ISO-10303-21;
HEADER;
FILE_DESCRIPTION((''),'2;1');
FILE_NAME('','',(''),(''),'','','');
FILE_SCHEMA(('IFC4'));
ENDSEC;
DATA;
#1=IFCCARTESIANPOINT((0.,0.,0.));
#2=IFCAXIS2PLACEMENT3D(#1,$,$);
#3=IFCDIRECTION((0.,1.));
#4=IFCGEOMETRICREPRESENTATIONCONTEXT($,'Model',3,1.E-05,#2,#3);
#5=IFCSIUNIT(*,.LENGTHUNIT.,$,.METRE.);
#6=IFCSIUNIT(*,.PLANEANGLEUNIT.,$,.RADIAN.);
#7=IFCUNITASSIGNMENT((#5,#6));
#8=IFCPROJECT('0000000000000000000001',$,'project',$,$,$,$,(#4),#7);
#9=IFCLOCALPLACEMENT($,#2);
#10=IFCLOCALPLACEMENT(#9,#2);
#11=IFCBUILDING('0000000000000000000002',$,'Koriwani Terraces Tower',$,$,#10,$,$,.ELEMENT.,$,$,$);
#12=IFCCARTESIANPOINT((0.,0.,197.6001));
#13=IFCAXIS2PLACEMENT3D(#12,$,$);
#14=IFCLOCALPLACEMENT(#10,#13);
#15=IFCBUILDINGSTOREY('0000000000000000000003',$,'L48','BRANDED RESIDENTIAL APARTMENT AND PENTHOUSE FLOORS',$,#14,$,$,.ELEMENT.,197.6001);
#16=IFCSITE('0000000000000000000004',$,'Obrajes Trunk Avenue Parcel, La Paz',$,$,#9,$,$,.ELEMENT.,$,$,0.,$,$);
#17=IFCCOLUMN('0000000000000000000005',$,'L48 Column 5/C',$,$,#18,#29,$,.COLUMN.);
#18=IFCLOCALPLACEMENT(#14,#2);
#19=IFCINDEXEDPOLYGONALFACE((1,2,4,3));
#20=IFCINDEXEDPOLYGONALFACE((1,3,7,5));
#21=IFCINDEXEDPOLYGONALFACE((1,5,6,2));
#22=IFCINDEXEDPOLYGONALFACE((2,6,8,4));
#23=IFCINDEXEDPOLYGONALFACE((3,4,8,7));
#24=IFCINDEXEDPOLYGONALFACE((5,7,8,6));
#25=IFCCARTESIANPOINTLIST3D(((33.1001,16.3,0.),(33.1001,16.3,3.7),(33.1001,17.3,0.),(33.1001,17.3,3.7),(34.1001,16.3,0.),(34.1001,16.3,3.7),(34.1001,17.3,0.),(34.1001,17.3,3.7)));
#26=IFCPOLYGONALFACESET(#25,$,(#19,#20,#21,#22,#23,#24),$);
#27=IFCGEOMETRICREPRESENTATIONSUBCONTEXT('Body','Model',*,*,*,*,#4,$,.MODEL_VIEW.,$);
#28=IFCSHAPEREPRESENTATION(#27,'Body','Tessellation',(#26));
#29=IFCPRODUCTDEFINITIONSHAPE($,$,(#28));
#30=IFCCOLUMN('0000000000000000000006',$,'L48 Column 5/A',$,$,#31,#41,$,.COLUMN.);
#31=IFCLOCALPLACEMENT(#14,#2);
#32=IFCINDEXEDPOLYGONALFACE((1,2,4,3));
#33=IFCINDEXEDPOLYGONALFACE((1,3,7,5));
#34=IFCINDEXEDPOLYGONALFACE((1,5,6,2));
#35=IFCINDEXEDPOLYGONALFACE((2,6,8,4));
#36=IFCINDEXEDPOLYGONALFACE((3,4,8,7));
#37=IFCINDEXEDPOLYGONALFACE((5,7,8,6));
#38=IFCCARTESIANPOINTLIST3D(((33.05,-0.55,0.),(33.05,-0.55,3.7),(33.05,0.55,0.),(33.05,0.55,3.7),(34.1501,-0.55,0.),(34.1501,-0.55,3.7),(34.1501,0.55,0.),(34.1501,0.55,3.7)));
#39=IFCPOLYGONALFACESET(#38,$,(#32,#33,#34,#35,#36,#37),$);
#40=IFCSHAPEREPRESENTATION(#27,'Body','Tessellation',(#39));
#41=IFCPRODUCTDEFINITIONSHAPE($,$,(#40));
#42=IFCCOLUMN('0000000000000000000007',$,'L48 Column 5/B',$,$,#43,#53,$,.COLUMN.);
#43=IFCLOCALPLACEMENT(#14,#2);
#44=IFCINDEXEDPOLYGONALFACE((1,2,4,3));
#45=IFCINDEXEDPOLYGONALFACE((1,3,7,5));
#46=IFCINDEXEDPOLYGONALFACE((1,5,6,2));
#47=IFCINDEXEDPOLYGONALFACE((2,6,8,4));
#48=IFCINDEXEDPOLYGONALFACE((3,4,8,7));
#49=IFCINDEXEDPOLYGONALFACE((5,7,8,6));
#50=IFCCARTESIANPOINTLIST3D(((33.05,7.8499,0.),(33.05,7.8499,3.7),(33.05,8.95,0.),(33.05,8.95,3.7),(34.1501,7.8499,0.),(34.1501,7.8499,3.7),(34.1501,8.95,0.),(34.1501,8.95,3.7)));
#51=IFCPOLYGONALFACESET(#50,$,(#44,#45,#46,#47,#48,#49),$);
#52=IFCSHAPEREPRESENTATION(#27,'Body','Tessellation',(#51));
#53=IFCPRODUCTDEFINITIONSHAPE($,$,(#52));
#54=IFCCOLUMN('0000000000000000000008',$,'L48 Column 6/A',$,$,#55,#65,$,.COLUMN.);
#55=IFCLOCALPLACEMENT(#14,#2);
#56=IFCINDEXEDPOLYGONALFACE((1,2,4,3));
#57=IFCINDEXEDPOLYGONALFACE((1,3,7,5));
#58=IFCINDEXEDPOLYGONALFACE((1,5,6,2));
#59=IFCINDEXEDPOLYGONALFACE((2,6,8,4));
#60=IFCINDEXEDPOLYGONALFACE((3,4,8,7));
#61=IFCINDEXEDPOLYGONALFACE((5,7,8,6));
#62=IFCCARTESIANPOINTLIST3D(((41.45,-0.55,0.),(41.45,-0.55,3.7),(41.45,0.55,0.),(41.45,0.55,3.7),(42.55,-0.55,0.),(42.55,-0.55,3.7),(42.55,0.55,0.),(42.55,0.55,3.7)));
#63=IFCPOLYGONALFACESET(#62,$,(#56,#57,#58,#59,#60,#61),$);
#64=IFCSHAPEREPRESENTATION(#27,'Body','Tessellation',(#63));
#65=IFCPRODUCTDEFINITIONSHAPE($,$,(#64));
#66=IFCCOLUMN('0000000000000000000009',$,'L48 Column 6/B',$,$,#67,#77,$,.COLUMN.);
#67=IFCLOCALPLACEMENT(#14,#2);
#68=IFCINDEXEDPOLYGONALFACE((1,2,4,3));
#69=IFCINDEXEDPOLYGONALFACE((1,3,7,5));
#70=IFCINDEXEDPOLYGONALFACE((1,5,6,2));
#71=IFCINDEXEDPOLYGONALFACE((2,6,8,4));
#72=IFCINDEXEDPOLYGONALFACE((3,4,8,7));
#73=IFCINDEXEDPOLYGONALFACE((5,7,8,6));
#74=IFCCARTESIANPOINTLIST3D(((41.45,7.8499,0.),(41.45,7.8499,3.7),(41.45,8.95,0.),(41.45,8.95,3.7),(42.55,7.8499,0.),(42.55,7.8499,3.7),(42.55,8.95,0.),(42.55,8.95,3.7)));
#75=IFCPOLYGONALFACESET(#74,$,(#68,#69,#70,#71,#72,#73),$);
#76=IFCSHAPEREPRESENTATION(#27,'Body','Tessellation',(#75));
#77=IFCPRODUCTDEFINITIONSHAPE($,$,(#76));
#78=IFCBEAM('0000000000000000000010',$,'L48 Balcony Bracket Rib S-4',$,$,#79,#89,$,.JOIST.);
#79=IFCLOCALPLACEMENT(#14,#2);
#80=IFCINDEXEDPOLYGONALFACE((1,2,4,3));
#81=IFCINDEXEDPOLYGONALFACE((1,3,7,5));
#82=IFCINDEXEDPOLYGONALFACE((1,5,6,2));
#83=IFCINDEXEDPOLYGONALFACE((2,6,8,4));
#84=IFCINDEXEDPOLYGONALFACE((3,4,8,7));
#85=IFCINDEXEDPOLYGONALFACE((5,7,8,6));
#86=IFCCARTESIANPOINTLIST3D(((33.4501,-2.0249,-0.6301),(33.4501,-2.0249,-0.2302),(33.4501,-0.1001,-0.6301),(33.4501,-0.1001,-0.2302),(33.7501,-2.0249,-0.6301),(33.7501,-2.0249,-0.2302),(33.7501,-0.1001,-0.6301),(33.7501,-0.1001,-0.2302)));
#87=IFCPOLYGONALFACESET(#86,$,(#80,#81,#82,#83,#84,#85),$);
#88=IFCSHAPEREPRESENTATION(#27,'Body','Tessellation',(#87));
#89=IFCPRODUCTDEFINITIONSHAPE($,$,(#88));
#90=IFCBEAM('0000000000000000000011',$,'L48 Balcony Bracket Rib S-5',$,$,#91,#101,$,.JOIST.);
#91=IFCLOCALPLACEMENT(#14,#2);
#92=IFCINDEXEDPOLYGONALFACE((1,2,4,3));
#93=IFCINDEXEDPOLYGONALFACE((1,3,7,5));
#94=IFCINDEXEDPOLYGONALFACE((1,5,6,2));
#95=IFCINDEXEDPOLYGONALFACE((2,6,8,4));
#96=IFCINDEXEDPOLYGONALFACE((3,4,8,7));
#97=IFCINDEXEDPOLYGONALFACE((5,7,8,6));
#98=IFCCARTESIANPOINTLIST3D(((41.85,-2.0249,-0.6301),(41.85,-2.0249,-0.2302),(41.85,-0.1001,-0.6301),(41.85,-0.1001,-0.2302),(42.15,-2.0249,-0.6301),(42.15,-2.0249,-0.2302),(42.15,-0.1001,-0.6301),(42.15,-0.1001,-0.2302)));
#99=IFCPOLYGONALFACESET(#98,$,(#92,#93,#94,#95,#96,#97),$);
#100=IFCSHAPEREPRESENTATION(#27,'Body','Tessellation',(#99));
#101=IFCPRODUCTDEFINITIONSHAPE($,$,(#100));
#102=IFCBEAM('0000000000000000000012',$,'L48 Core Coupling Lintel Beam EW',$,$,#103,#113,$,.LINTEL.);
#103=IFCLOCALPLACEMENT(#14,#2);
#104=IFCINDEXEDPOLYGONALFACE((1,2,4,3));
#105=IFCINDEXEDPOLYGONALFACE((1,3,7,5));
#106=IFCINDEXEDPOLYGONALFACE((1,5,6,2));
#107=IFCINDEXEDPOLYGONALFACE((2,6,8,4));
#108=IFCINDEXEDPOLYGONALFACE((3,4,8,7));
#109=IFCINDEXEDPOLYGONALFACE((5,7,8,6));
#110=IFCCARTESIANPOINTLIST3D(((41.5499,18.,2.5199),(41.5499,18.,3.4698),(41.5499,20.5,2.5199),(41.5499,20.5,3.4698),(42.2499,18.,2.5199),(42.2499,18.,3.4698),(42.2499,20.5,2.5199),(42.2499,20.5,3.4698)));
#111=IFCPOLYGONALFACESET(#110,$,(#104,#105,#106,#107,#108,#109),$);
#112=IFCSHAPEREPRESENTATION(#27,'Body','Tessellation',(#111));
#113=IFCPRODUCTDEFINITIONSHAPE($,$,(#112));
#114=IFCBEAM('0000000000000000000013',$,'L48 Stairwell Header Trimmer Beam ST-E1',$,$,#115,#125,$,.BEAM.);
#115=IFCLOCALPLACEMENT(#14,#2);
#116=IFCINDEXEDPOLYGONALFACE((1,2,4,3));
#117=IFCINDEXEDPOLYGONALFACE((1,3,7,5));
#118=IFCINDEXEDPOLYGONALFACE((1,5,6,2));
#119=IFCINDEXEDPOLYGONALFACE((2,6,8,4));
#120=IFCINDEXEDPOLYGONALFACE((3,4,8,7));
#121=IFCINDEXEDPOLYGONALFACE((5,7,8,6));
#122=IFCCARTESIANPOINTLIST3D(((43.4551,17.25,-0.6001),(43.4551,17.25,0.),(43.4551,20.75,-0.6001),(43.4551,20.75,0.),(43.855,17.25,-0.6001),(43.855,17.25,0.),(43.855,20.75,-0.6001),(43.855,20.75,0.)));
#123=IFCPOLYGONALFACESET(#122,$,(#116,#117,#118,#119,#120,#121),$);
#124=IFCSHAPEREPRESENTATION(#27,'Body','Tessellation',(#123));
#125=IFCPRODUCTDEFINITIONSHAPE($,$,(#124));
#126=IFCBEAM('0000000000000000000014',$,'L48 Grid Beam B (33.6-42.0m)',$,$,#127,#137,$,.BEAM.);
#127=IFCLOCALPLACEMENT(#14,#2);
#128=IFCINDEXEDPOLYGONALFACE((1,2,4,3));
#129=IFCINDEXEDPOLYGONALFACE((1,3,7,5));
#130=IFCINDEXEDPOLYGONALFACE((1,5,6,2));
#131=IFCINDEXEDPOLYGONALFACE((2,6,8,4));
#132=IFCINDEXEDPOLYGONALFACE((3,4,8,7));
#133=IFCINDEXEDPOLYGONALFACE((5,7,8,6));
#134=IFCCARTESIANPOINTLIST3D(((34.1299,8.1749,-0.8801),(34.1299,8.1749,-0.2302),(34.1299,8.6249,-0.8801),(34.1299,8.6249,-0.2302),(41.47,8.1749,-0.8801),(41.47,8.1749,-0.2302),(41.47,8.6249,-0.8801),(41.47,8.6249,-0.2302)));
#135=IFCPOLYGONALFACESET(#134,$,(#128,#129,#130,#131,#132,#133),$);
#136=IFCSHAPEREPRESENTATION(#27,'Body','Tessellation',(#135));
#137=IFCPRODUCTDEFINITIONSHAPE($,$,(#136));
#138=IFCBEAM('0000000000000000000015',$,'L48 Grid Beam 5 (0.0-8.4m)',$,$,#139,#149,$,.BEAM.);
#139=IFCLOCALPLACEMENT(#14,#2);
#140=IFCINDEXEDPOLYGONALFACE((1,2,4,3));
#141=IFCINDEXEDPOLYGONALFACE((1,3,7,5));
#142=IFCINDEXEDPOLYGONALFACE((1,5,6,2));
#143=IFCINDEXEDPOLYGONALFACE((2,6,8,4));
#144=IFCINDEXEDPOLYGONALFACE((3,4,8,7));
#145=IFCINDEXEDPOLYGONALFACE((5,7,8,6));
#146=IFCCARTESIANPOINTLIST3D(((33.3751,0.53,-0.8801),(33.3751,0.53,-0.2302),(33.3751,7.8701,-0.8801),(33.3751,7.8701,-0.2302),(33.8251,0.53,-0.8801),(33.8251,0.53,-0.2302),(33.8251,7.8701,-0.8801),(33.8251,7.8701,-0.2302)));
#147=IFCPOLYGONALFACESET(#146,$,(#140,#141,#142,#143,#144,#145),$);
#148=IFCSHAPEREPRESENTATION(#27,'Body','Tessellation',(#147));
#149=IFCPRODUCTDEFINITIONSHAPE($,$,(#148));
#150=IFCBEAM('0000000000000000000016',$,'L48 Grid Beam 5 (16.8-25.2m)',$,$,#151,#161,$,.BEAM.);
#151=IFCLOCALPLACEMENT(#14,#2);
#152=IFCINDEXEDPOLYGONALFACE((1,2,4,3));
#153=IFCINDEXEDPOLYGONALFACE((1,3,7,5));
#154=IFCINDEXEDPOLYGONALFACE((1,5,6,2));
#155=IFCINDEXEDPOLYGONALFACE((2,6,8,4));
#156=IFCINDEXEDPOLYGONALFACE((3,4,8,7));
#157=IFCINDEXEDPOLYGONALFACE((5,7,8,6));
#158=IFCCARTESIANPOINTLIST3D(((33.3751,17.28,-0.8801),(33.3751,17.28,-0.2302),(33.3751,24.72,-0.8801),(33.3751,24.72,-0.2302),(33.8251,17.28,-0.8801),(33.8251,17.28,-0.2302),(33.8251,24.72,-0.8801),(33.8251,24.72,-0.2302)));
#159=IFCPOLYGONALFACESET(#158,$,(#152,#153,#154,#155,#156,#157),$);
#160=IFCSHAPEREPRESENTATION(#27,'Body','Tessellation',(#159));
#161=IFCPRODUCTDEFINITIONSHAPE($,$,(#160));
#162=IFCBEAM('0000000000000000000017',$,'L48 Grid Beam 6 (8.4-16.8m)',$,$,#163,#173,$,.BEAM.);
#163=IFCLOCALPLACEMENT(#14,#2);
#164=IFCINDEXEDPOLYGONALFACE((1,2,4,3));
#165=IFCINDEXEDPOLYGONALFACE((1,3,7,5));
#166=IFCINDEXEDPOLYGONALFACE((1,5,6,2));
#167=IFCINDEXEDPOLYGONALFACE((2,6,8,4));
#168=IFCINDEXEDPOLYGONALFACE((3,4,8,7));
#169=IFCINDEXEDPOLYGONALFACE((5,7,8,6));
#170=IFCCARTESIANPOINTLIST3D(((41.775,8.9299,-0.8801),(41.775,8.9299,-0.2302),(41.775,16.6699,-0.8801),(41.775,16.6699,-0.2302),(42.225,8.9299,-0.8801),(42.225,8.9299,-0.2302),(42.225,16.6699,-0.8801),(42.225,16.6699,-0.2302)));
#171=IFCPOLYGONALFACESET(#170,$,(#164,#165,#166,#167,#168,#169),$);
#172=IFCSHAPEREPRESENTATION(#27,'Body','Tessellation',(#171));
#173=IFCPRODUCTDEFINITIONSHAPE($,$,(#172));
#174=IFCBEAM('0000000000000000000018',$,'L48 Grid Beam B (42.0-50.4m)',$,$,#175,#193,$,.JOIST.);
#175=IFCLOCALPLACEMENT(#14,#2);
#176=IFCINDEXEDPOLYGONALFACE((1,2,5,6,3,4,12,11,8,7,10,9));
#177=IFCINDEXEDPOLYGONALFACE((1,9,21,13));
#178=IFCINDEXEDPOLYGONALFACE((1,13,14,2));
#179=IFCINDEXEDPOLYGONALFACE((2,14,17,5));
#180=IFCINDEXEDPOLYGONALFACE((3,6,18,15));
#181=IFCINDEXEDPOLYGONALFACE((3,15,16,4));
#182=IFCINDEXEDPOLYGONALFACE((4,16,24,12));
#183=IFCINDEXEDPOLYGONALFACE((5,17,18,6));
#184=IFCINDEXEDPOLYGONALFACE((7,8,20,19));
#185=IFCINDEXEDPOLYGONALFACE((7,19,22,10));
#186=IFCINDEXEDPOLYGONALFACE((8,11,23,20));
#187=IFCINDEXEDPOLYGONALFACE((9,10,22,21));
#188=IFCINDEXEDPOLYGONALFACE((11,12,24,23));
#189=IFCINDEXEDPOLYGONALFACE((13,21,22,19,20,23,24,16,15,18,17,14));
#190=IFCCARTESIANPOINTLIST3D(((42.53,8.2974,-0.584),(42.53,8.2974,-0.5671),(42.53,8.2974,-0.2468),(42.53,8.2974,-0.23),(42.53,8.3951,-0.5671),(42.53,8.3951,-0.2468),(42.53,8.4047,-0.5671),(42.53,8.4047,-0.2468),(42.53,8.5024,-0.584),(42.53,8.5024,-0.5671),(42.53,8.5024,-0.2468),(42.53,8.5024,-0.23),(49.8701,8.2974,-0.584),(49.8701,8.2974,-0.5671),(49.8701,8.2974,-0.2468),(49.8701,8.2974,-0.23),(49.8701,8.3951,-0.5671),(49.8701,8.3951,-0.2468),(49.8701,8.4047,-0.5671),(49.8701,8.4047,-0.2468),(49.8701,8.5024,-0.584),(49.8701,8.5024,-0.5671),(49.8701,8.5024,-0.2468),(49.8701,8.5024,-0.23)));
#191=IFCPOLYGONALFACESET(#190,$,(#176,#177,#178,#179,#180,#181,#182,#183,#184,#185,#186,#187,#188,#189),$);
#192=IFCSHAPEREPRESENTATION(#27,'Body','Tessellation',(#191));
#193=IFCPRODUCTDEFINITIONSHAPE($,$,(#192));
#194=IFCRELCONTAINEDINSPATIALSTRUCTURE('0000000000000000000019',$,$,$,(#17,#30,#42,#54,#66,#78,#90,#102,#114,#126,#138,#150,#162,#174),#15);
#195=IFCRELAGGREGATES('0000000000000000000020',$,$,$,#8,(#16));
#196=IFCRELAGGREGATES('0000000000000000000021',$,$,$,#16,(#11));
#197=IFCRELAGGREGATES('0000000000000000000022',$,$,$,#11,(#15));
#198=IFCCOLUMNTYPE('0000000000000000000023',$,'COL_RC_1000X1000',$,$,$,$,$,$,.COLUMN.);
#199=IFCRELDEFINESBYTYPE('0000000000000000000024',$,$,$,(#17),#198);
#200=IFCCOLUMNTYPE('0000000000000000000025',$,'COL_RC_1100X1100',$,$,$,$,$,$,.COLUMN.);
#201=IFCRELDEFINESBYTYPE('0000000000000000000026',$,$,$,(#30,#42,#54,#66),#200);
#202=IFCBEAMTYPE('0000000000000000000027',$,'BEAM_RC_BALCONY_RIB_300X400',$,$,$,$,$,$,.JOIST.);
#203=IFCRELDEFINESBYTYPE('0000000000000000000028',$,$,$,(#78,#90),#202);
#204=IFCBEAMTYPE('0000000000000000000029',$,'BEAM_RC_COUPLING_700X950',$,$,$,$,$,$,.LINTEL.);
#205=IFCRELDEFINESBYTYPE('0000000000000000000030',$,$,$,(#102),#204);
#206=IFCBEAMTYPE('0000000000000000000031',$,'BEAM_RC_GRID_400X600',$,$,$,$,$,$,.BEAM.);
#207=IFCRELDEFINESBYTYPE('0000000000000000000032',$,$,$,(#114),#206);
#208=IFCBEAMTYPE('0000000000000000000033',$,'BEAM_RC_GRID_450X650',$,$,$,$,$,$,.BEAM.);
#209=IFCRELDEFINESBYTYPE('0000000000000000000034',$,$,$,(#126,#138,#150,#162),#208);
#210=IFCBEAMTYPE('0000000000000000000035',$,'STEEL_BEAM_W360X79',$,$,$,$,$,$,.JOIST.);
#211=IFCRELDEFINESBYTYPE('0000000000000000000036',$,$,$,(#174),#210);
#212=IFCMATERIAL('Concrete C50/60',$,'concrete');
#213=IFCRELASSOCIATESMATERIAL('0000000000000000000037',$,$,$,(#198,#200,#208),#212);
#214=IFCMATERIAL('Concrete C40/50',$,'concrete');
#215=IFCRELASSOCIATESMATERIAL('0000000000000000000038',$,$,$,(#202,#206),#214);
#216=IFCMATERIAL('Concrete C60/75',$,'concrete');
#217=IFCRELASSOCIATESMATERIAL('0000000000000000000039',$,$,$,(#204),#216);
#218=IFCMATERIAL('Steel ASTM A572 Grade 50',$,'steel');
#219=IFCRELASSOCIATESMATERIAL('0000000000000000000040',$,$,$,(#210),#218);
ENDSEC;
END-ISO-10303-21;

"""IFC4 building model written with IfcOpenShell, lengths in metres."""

from ifc_helpers import new_model, si_unit, direction, frame, origin, origin_2d, place, context, subcontext, project, spatial, rectangle, i_section, extrude, material, material_profile, profile_set, type_object, element, save


model = new_model("IFC4")

# Units and contexts
model_context = context("Model", 3, precision=1e-05, world=origin(), true_north=direction((0.0, 1.0)))
body_context = subcontext(model_context, "Body", "Model", "MODEL_VIEW")
ifc_project = project(units=[si_unit("LENGTHUNIT", "METRE"), si_unit("PLANEANGLEUNIT", "RADIAN")], contexts=[model_context])

# Site, building, storey
site_placement = place(None, origin())
site = spatial("IfcSite", under=ifc_project, at=site_placement, Name="Obrajes Trunk Avenue Parcel, La Paz", CompositionType="ELEMENT", RefElevation=0.0)
building_placement = place(site_placement, origin())
building = spatial("IfcBuilding", under=site, at=building_placement, Name="Koriwani Terraces Tower", CompositionType="ELEMENT")
storey_placement = place(building_placement, frame((0.0, 0.0, 197.6001)))
storey = spatial("IfcBuildingStorey", under=building, at=storey_placement, Name="L48", Description="BRANDED RESIDENTIAL APARTMENT AND PENTHOUSE FLOORS", CompositionType="ELEMENT", Elevation=197.6001)

# Columns
ifc_material_1 = material(Name="Concrete C50/60", Category="concrete")
ifc_material_profile_1 = material_profile(ifc_material_1, rectangle(XDim=1.0, YDim=1.0, at=origin_2d()), Name="Concrete C50/60", Category="LoadBearing")
ifc_profile_set_1 = profile_set([ifc_material_profile_1], Name="Concrete C50/60")
column_type_1 = type_object("IfcColumnType", Name="COL_RC_1000X1000", PredefinedType="COLUMN", material=ifc_profile_set_1)
column_placement = place(storey_placement, frame((33.6001, 16.8, 0.0), z_axis=(0.0, 0.0, 1.0), x_axis=(1.0, 0.0, 0.0)))
element("IfcColumn", 1, at=column_placement, inside=storey, type_object=column_type_1, Name="L48 Column 5/C", PredefinedType="COLUMN", context=body_context, shape_type="SweptSolid", body=[
    extrude(rectangle(XDim=1.0, YDim=1.0, at=origin_2d()), origin(), (0.0, 0.0, 1.0), 3.7),
])
ifc_material_profile_2 = material_profile(ifc_material_1, rectangle(XDim=1.1001, YDim=1.1001, at=origin_2d()), Name="Concrete C50/60", Category="LoadBearing")
ifc_profile_set_2 = profile_set([ifc_material_profile_2], Name="Concrete C50/60")
column_type_2 = type_object("IfcColumnType", Name="COL_RC_1100X1100", PredefinedType="COLUMN", material=ifc_profile_set_2)
for number, where, z_axis, x_axis, name in (
    (2, (33.6001, 0.0, 0.0), (0.0, 0.0, 1.0), (1.0, 0.0, 0.0), "L48 Column 5/A"),
    (3, (33.6001, 8.3999, 0.0), (0.0, 0.0, 1.0), (1.0, 0.0, 0.0), "L48 Column 5/B"),
    (4, (42.0, 0.0, 0.0), (0.0, 0.0, 1.0), (1.0, 0.0, 0.0), "L48 Column 6/A"),
    (5, (42.0, 8.3999, 0.0), (0.0, 0.0, 1.0), (1.0, 0.0, 0.0), "L48 Column 6/B"),
):
    element("IfcColumn", number, at=place(storey_placement, frame(where, z_axis=z_axis, x_axis=x_axis)), inside=storey, type_object=column_type_2, Name=name, PredefinedType="COLUMN", context=body_context, shape_type="SweptSolid", body=[
        extrude(rectangle(XDim=1.1001, YDim=1.1001, at=origin_2d()), origin(), (0.0, 0.0, 1.0), 3.7),
    ])

# Beams
ifc_material_2 = material(Name="Concrete C40/50", Category="concrete")
ifc_material_profile_3 = material_profile(ifc_material_2, rectangle(XDim=0.3, YDim=0.3999, at=origin_2d()), Name="Concrete C40/50", Category="LoadBearing")
ifc_profile_set_3 = profile_set([ifc_material_profile_3], Name="Concrete C40/50")
beam_type_1 = type_object("IfcBeamType", Name="BEAM_RC_BALCONY_RIB_300X400", PredefinedType="JOIST", material=ifc_profile_set_3)
for number, where, z_axis, x_axis, name in (
    (6, (33.6001, -2.0249, -0.4302), (0.0, 1.0, 0.0), (-1.0, 0.0, 0.0), "L48 Balcony Bracket Rib S-4"),
    (7, (42.0, -2.0249, -0.4302), (0.0, 1.0, 0.0), (-1.0, 0.0, 0.0), "L48 Balcony Bracket Rib S-5"),
):
    element("IfcBeam", number, at=place(storey_placement, frame(where, z_axis=z_axis, x_axis=x_axis)), inside=storey, type_object=beam_type_1, Name=name, PredefinedType="JOIST", context=body_context, shape_type="SweptSolid", body=[
        extrude(rectangle(XDim=0.3, YDim=0.3999, at=origin_2d()), origin(), (0.0, 0.0, 1.0), 1.9248),
    ])
ifc_material_3 = material(Name="Concrete C60/75", Category="concrete")
ifc_material_profile_4 = material_profile(ifc_material_3, rectangle(XDim=0.7, YDim=0.95, at=origin_2d()), Name="Concrete C60/75", Category="LoadBearing")
ifc_profile_set_4 = profile_set([ifc_material_profile_4], Name="Concrete C60/75")
beam_type_2 = type_object("IfcBeamType", Name="BEAM_RC_COUPLING_700X950", PredefinedType="LINTEL", material=ifc_profile_set_4)
beam_1_placement = place(storey_placement, frame((41.8999, 18.0, 2.9949), z_axis=(0.0, 1.0, 0.0), x_axis=(-1.0, 0.0, 0.0)))
element("IfcBeam", 8, at=beam_1_placement, inside=storey, type_object=beam_type_2, Name="L48 Core Coupling Lintel Beam EW", PredefinedType="LINTEL", context=body_context, shape_type="SweptSolid", body=[
    extrude(rectangle(XDim=0.7, YDim=0.95, at=origin_2d()), origin(), (0.0, 0.0, 1.0), 2.5),
])
ifc_material_profile_5 = material_profile(ifc_material_2, rectangle(XDim=0.3999, YDim=0.6001, at=origin_2d()), Name="Concrete C40/50", Category="LoadBearing")
ifc_profile_set_5 = profile_set([ifc_material_profile_5], Name="Concrete C40/50")
beam_type_3 = type_object("IfcBeamType", Name="BEAM_RC_GRID_400X600", PredefinedType="BEAM", material=ifc_profile_set_5)
beam_2_placement = place(storey_placement, frame((43.655, 17.25, -0.3), z_axis=(0.0, 1.0, 0.0), x_axis=(-1.0, 0.0, 0.0)))
element("IfcBeam", 9, at=beam_2_placement, inside=storey, type_object=beam_type_3, Name="L48 Stairwell Header Trimmer Beam ST-E1", PredefinedType="BEAM", context=body_context, shape_type="SweptSolid", body=[
    extrude(rectangle(XDim=0.3999, YDim=0.6001, at=origin_2d()), origin(), (0.0, 0.0, 1.0), 3.5),
])
ifc_material_profile_6 = material_profile(ifc_material_1, rectangle(XDim=0.45, YDim=0.6499, at=origin_2d()), Name="Concrete C50/60", Category="LoadBearing")
ifc_profile_set_6 = profile_set([ifc_material_profile_6], Name="Concrete C50/60")
beam_type_4 = type_object("IfcBeamType", Name="BEAM_RC_GRID_450X650", PredefinedType="BEAM", material=ifc_profile_set_6)
for number, where, z_axis, x_axis, name in (
    (10, (34.1299, 8.3999, -0.5552), (1.0, 0.0, 0.0), (0.0, 1.0, 0.0), "L48 Grid Beam B (33.6-42.0m)"),
    (11, (33.6001, 0.53, -0.5552), (0.0, 1.0, 0.0), (-1.0, 0.0, 0.0), "L48 Grid Beam 5 (0.0-8.4m)"),
):
    element("IfcBeam", number, at=place(storey_placement, frame(where, z_axis=z_axis, x_axis=x_axis)), inside=storey, type_object=beam_type_4, Name=name, PredefinedType="BEAM", context=body_context, shape_type="SweptSolid", body=[
        extrude(rectangle(XDim=0.45, YDim=0.6499, at=origin_2d()), origin(), (0.0, 0.0, 1.0), 7.3401),
    ])
beam_3_placement = place(storey_placement, frame((33.6001, 17.28, -0.5552), z_axis=(0.0, 1.0, 0.0), x_axis=(-1.0, 0.0, 0.0)))
element("IfcBeam", 12, at=beam_3_placement, inside=storey, type_object=beam_type_4, Name="L48 Grid Beam 5 (16.8-25.2m)", PredefinedType="BEAM", context=body_context, shape_type="SweptSolid", body=[
    extrude(rectangle(XDim=0.45, YDim=0.6499, at=origin_2d()), origin(), (0.0, 0.0, 1.0), 7.4399),
])
beam_4_placement = place(storey_placement, frame((42.0, 8.9299, -0.5552), z_axis=(0.0, 1.0, 0.0), x_axis=(-1.0, 0.0, 0.0)))
element("IfcBeam", 13, at=beam_4_placement, inside=storey, type_object=beam_type_4, Name="L48 Grid Beam 6 (8.4-16.8m)", PredefinedType="BEAM", context=body_context, shape_type="SweptSolid", body=[
    extrude(rectangle(XDim=0.45, YDim=0.6499, at=origin_2d()), origin(), (0.0, 0.0, 1.0), 7.74),
])
ifc_material_4 = material(Name="Steel ASTM A572 Grade 50", Category="steel")
ifc_material_profile_7 = material_profile(ifc_material_4, i_section(OverallWidth=0.2051, OverallDepth=0.354, WebThickness=0.0095, FlangeThickness=0.0168, at=origin_2d()), Name="Steel ASTM A572 Grade 50", Category="LoadBearing")
ifc_profile_set_7 = profile_set([ifc_material_profile_7], Name="Steel ASTM A572 Grade 50")
beam_type_5 = type_object("IfcBeamType", Name="STEEL_BEAM_W360X79", PredefinedType="JOIST", material=ifc_profile_set_7)
beam_5_placement = place(storey_placement, frame((42.53, 8.3999, -0.407), z_axis=(1.0, 0.0, 0.0), x_axis=(0.0, 1.0, 0.0)))
element("IfcBeam", 14, at=beam_5_placement, inside=storey, type_object=beam_type_5, Name="L48 Grid Beam B (42.0-50.4m)", PredefinedType="JOIST", context=body_context, shape_type="SweptSolid", body=[
    extrude(i_section(OverallWidth=0.2051, OverallDepth=0.354, WebThickness=0.0095, FlangeThickness=0.0168, at=origin_2d()), origin(), (0.0, 0.0, 1.0), 7.3401),
])

save(model, "model.ifc")
